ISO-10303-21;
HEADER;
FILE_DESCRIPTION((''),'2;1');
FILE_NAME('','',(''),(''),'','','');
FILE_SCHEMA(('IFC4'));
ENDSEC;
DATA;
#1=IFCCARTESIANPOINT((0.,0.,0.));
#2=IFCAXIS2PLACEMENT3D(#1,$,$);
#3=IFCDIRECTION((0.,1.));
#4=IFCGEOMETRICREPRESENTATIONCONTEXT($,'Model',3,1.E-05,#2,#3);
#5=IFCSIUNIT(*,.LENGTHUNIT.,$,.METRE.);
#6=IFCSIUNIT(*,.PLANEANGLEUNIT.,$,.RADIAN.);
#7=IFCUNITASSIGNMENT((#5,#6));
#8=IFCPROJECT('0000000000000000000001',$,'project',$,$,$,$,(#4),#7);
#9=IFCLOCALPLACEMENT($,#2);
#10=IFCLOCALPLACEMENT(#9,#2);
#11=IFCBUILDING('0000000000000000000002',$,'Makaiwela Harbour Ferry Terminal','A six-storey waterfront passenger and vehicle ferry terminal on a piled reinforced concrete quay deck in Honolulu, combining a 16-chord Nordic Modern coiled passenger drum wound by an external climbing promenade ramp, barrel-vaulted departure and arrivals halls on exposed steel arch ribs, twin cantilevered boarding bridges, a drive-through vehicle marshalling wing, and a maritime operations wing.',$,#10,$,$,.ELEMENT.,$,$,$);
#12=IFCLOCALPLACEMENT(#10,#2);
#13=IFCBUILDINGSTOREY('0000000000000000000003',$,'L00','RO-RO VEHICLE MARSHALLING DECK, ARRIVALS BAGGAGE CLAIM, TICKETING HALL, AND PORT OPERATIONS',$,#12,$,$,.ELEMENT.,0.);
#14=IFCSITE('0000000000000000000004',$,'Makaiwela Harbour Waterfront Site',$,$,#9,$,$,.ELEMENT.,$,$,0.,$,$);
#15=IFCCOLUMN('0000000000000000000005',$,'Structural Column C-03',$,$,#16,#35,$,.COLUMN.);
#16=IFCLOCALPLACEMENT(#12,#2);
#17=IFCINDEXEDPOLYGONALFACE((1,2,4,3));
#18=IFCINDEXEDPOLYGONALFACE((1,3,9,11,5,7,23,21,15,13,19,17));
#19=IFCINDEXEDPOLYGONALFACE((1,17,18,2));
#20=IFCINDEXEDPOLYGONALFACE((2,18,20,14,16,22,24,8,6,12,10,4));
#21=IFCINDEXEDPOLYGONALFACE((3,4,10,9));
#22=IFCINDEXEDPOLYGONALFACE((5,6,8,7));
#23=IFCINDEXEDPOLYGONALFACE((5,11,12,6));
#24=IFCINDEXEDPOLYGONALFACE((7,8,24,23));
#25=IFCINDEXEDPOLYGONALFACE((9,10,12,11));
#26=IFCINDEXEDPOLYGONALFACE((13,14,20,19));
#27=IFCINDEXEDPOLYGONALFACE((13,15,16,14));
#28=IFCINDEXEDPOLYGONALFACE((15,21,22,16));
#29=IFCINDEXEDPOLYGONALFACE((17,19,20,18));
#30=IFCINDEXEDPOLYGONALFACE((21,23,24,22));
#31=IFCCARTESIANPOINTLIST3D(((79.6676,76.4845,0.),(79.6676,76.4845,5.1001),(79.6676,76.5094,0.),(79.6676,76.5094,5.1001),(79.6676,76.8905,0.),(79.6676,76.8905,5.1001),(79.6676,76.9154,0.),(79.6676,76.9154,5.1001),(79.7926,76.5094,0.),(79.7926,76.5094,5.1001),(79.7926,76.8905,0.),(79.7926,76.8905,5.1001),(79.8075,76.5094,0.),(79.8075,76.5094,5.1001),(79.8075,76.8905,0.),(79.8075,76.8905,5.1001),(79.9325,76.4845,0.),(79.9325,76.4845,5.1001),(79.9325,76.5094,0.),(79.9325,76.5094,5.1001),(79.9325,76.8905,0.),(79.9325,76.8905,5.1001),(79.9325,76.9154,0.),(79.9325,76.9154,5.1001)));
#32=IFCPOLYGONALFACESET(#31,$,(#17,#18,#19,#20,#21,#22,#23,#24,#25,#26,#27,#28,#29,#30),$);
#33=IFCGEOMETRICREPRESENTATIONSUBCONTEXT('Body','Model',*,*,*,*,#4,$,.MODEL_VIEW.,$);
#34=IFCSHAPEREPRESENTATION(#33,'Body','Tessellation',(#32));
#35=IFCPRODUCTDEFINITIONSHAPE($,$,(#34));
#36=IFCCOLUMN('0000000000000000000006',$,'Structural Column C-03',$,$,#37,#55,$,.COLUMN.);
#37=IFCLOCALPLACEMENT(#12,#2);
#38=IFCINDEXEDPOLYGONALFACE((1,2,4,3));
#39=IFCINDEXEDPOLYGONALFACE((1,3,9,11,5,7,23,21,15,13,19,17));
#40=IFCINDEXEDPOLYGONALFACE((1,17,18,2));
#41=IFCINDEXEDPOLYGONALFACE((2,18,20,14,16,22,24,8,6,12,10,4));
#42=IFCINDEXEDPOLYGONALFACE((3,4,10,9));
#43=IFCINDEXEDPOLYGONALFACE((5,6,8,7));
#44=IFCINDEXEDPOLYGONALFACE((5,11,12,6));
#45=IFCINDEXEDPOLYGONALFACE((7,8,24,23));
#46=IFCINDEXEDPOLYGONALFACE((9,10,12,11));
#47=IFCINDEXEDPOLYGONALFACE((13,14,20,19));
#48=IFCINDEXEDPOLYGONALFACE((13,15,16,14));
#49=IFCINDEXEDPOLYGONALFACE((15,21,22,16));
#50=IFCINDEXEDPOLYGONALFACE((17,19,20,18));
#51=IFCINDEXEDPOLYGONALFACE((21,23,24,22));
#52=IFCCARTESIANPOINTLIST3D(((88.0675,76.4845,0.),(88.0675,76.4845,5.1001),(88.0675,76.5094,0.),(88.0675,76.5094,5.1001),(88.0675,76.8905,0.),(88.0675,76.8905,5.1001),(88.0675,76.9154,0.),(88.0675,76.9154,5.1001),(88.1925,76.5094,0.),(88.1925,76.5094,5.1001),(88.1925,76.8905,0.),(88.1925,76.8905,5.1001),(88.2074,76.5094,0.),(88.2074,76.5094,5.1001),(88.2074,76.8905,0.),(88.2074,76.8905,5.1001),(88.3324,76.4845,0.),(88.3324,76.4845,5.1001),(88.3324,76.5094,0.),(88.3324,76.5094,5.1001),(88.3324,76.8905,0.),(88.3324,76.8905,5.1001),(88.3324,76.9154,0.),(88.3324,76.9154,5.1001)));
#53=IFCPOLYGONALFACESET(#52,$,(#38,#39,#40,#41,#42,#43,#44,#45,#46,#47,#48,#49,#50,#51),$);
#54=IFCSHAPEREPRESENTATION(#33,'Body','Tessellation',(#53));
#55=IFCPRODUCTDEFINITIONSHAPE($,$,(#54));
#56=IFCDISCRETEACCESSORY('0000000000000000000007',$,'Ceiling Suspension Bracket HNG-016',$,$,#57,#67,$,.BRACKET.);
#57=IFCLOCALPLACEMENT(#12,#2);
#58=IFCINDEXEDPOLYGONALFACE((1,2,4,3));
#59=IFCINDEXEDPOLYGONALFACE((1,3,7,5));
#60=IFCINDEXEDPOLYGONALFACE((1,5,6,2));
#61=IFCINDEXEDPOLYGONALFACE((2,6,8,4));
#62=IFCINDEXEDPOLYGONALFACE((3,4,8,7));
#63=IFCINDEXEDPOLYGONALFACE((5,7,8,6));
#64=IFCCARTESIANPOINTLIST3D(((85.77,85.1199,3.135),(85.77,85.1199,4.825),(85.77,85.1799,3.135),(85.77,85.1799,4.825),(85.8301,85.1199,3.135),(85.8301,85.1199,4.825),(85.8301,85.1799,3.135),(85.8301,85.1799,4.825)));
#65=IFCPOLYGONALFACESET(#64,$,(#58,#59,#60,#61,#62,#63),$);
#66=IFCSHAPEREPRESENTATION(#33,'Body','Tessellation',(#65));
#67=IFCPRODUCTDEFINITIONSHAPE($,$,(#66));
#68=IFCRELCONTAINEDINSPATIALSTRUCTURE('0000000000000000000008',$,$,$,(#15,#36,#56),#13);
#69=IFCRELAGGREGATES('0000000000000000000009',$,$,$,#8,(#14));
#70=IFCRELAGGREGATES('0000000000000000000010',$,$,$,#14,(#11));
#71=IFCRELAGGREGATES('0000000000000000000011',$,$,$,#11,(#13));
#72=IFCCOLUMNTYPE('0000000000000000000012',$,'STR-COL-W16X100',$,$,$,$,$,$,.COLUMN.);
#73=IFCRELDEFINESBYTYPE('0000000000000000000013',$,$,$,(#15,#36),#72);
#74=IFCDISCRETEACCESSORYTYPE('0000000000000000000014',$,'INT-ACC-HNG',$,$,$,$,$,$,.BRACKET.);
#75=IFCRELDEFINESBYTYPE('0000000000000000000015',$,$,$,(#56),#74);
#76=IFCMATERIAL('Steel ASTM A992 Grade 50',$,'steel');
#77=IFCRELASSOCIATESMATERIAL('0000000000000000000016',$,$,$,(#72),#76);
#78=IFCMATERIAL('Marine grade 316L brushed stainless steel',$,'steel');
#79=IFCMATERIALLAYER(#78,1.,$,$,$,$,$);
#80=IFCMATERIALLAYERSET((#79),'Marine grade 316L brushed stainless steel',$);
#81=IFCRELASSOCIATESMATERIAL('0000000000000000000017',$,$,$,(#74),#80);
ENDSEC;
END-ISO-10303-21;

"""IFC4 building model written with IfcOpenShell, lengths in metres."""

from ifc_helpers import new_model, si_unit, direction, frame, origin, origin_2d, place, context, subcontext, project, spatial, rectangle, i_section, extrude, material, layer, layer_set, material_profile, profile_set, type_object, element, save


model = new_model("IFC4")

# Units and contexts
model_context = context("Model", 3, precision=1e-05, world=origin(), true_north=direction((0.0, 1.0)))
body_context = subcontext(model_context, "Body", "Model", "MODEL_VIEW")
ifc_project = project(units=[si_unit("LENGTHUNIT", "METRE"), si_unit("PLANEANGLEUNIT", "RADIAN")], contexts=[model_context])

# Site, building, storey
site_placement = place(None, origin())
site = spatial("IfcSite", under=ifc_project, at=site_placement, Name="Makaiwela Harbour Waterfront Site", CompositionType="ELEMENT", RefElevation=0.0)
building_placement = place(site_placement, origin())
building = spatial("IfcBuilding", under=site, at=building_placement, Name="Makaiwela Harbour Ferry Terminal", Description="A six-storey waterfront passenger and vehicle ferry terminal on a piled reinforced concrete quay deck in Honolulu, combining a 16-chord Nordic Modern coiled passenger drum wound by an external climbing promenade ramp, barrel-vaulted departure and arrivals halls on exposed steel arch ribs, twin cantilevered boarding bridges, a drive-through vehicle marshalling wing, and a maritime operations wing.", CompositionType="ELEMENT")
storey_placement = place(building_placement, origin())
storey = spatial("IfcBuildingStorey", under=building, at=storey_placement, Name="L00", Description="RO-RO VEHICLE MARSHALLING DECK, ARRIVALS BAGGAGE CLAIM, TICKETING HALL, AND PORT OPERATIONS", CompositionType="ELEMENT", Elevation=0.0)

# Columns
ifc_material_1 = material(Name="Steel ASTM A992 Grade 50", Category="steel")
ifc_material_profile_1 = material_profile(ifc_material_1, i_section(OverallWidth=0.2649, OverallDepth=0.4309, WebThickness=0.0149, FlangeThickness=0.0249, at=origin_2d()), Name="W16X100")
ifc_profile_set_1 = profile_set([ifc_material_profile_1], Name="Steel ASTM A992 Grade 50")
column_type_1 = type_object("IfcColumnType", Name="STR-COL-W16X100", PredefinedType="COLUMN", material=ifc_profile_set_1)
for number, where, z_axis, x_axis, name in (
    (1, (79.8, 76.7, 0.0), (0.0, 0.0, 1.0), (1.0, 0.0, 0.0), "Structural Column C-03"),
    (2, (88.2, 76.7, 0.0), (0.0, 0.0, 1.0), (1.0, 0.0, 0.0), "Structural Column C-03"),
):
    element("IfcColumn", number, at=place(storey_placement, frame(where, z_axis=z_axis, x_axis=x_axis)), inside=storey, type_object=column_type_1, Name=name, PredefinedType="COLUMN", context=body_context, shape_type="SweptSolid", body=[
        extrude(i_section(OverallWidth=0.2649, OverallDepth=0.4309, WebThickness=0.0149, FlangeThickness=0.0249, at=origin_2d()), origin(), (0.0, 0.0, 1.0), 5.1001),
    ])

# Discrete accessory
ifc_material_2 = material(Name="Marine grade 316L brushed stainless steel", Category="steel")
ifc_layer_1 = layer(ifc_material_2, 1.0)
ifc_layer_set_1 = layer_set([ifc_layer_1], Name="Marine grade 316L brushed stainless steel")
discrete_accessory_type = type_object("IfcDiscreteAccessoryType", Name="INT-ACC-HNG", PredefinedType="BRACKET", material=ifc_layer_set_1)
discrete_accessory_placement = place(storey_placement, frame((85.8, 85.1499, 3.135), z_axis=(0.0, 0.0, 1.0), x_axis=(1.0, 0.0, 0.0)))
element("IfcDiscreteAccessory", 3, at=discrete_accessory_placement, inside=storey, type_object=discrete_accessory_type, Name="Ceiling Suspension Bracket HNG-016", PredefinedType="BRACKET", context=body_context, shape_type="SweptSolid", body=[
    extrude(rectangle(XDim=0.0601, YDim=0.0601, at=origin_2d()), origin(), (0.0, 0.0, 1.0), 1.6899),
])

save(model, "model.ifc")
